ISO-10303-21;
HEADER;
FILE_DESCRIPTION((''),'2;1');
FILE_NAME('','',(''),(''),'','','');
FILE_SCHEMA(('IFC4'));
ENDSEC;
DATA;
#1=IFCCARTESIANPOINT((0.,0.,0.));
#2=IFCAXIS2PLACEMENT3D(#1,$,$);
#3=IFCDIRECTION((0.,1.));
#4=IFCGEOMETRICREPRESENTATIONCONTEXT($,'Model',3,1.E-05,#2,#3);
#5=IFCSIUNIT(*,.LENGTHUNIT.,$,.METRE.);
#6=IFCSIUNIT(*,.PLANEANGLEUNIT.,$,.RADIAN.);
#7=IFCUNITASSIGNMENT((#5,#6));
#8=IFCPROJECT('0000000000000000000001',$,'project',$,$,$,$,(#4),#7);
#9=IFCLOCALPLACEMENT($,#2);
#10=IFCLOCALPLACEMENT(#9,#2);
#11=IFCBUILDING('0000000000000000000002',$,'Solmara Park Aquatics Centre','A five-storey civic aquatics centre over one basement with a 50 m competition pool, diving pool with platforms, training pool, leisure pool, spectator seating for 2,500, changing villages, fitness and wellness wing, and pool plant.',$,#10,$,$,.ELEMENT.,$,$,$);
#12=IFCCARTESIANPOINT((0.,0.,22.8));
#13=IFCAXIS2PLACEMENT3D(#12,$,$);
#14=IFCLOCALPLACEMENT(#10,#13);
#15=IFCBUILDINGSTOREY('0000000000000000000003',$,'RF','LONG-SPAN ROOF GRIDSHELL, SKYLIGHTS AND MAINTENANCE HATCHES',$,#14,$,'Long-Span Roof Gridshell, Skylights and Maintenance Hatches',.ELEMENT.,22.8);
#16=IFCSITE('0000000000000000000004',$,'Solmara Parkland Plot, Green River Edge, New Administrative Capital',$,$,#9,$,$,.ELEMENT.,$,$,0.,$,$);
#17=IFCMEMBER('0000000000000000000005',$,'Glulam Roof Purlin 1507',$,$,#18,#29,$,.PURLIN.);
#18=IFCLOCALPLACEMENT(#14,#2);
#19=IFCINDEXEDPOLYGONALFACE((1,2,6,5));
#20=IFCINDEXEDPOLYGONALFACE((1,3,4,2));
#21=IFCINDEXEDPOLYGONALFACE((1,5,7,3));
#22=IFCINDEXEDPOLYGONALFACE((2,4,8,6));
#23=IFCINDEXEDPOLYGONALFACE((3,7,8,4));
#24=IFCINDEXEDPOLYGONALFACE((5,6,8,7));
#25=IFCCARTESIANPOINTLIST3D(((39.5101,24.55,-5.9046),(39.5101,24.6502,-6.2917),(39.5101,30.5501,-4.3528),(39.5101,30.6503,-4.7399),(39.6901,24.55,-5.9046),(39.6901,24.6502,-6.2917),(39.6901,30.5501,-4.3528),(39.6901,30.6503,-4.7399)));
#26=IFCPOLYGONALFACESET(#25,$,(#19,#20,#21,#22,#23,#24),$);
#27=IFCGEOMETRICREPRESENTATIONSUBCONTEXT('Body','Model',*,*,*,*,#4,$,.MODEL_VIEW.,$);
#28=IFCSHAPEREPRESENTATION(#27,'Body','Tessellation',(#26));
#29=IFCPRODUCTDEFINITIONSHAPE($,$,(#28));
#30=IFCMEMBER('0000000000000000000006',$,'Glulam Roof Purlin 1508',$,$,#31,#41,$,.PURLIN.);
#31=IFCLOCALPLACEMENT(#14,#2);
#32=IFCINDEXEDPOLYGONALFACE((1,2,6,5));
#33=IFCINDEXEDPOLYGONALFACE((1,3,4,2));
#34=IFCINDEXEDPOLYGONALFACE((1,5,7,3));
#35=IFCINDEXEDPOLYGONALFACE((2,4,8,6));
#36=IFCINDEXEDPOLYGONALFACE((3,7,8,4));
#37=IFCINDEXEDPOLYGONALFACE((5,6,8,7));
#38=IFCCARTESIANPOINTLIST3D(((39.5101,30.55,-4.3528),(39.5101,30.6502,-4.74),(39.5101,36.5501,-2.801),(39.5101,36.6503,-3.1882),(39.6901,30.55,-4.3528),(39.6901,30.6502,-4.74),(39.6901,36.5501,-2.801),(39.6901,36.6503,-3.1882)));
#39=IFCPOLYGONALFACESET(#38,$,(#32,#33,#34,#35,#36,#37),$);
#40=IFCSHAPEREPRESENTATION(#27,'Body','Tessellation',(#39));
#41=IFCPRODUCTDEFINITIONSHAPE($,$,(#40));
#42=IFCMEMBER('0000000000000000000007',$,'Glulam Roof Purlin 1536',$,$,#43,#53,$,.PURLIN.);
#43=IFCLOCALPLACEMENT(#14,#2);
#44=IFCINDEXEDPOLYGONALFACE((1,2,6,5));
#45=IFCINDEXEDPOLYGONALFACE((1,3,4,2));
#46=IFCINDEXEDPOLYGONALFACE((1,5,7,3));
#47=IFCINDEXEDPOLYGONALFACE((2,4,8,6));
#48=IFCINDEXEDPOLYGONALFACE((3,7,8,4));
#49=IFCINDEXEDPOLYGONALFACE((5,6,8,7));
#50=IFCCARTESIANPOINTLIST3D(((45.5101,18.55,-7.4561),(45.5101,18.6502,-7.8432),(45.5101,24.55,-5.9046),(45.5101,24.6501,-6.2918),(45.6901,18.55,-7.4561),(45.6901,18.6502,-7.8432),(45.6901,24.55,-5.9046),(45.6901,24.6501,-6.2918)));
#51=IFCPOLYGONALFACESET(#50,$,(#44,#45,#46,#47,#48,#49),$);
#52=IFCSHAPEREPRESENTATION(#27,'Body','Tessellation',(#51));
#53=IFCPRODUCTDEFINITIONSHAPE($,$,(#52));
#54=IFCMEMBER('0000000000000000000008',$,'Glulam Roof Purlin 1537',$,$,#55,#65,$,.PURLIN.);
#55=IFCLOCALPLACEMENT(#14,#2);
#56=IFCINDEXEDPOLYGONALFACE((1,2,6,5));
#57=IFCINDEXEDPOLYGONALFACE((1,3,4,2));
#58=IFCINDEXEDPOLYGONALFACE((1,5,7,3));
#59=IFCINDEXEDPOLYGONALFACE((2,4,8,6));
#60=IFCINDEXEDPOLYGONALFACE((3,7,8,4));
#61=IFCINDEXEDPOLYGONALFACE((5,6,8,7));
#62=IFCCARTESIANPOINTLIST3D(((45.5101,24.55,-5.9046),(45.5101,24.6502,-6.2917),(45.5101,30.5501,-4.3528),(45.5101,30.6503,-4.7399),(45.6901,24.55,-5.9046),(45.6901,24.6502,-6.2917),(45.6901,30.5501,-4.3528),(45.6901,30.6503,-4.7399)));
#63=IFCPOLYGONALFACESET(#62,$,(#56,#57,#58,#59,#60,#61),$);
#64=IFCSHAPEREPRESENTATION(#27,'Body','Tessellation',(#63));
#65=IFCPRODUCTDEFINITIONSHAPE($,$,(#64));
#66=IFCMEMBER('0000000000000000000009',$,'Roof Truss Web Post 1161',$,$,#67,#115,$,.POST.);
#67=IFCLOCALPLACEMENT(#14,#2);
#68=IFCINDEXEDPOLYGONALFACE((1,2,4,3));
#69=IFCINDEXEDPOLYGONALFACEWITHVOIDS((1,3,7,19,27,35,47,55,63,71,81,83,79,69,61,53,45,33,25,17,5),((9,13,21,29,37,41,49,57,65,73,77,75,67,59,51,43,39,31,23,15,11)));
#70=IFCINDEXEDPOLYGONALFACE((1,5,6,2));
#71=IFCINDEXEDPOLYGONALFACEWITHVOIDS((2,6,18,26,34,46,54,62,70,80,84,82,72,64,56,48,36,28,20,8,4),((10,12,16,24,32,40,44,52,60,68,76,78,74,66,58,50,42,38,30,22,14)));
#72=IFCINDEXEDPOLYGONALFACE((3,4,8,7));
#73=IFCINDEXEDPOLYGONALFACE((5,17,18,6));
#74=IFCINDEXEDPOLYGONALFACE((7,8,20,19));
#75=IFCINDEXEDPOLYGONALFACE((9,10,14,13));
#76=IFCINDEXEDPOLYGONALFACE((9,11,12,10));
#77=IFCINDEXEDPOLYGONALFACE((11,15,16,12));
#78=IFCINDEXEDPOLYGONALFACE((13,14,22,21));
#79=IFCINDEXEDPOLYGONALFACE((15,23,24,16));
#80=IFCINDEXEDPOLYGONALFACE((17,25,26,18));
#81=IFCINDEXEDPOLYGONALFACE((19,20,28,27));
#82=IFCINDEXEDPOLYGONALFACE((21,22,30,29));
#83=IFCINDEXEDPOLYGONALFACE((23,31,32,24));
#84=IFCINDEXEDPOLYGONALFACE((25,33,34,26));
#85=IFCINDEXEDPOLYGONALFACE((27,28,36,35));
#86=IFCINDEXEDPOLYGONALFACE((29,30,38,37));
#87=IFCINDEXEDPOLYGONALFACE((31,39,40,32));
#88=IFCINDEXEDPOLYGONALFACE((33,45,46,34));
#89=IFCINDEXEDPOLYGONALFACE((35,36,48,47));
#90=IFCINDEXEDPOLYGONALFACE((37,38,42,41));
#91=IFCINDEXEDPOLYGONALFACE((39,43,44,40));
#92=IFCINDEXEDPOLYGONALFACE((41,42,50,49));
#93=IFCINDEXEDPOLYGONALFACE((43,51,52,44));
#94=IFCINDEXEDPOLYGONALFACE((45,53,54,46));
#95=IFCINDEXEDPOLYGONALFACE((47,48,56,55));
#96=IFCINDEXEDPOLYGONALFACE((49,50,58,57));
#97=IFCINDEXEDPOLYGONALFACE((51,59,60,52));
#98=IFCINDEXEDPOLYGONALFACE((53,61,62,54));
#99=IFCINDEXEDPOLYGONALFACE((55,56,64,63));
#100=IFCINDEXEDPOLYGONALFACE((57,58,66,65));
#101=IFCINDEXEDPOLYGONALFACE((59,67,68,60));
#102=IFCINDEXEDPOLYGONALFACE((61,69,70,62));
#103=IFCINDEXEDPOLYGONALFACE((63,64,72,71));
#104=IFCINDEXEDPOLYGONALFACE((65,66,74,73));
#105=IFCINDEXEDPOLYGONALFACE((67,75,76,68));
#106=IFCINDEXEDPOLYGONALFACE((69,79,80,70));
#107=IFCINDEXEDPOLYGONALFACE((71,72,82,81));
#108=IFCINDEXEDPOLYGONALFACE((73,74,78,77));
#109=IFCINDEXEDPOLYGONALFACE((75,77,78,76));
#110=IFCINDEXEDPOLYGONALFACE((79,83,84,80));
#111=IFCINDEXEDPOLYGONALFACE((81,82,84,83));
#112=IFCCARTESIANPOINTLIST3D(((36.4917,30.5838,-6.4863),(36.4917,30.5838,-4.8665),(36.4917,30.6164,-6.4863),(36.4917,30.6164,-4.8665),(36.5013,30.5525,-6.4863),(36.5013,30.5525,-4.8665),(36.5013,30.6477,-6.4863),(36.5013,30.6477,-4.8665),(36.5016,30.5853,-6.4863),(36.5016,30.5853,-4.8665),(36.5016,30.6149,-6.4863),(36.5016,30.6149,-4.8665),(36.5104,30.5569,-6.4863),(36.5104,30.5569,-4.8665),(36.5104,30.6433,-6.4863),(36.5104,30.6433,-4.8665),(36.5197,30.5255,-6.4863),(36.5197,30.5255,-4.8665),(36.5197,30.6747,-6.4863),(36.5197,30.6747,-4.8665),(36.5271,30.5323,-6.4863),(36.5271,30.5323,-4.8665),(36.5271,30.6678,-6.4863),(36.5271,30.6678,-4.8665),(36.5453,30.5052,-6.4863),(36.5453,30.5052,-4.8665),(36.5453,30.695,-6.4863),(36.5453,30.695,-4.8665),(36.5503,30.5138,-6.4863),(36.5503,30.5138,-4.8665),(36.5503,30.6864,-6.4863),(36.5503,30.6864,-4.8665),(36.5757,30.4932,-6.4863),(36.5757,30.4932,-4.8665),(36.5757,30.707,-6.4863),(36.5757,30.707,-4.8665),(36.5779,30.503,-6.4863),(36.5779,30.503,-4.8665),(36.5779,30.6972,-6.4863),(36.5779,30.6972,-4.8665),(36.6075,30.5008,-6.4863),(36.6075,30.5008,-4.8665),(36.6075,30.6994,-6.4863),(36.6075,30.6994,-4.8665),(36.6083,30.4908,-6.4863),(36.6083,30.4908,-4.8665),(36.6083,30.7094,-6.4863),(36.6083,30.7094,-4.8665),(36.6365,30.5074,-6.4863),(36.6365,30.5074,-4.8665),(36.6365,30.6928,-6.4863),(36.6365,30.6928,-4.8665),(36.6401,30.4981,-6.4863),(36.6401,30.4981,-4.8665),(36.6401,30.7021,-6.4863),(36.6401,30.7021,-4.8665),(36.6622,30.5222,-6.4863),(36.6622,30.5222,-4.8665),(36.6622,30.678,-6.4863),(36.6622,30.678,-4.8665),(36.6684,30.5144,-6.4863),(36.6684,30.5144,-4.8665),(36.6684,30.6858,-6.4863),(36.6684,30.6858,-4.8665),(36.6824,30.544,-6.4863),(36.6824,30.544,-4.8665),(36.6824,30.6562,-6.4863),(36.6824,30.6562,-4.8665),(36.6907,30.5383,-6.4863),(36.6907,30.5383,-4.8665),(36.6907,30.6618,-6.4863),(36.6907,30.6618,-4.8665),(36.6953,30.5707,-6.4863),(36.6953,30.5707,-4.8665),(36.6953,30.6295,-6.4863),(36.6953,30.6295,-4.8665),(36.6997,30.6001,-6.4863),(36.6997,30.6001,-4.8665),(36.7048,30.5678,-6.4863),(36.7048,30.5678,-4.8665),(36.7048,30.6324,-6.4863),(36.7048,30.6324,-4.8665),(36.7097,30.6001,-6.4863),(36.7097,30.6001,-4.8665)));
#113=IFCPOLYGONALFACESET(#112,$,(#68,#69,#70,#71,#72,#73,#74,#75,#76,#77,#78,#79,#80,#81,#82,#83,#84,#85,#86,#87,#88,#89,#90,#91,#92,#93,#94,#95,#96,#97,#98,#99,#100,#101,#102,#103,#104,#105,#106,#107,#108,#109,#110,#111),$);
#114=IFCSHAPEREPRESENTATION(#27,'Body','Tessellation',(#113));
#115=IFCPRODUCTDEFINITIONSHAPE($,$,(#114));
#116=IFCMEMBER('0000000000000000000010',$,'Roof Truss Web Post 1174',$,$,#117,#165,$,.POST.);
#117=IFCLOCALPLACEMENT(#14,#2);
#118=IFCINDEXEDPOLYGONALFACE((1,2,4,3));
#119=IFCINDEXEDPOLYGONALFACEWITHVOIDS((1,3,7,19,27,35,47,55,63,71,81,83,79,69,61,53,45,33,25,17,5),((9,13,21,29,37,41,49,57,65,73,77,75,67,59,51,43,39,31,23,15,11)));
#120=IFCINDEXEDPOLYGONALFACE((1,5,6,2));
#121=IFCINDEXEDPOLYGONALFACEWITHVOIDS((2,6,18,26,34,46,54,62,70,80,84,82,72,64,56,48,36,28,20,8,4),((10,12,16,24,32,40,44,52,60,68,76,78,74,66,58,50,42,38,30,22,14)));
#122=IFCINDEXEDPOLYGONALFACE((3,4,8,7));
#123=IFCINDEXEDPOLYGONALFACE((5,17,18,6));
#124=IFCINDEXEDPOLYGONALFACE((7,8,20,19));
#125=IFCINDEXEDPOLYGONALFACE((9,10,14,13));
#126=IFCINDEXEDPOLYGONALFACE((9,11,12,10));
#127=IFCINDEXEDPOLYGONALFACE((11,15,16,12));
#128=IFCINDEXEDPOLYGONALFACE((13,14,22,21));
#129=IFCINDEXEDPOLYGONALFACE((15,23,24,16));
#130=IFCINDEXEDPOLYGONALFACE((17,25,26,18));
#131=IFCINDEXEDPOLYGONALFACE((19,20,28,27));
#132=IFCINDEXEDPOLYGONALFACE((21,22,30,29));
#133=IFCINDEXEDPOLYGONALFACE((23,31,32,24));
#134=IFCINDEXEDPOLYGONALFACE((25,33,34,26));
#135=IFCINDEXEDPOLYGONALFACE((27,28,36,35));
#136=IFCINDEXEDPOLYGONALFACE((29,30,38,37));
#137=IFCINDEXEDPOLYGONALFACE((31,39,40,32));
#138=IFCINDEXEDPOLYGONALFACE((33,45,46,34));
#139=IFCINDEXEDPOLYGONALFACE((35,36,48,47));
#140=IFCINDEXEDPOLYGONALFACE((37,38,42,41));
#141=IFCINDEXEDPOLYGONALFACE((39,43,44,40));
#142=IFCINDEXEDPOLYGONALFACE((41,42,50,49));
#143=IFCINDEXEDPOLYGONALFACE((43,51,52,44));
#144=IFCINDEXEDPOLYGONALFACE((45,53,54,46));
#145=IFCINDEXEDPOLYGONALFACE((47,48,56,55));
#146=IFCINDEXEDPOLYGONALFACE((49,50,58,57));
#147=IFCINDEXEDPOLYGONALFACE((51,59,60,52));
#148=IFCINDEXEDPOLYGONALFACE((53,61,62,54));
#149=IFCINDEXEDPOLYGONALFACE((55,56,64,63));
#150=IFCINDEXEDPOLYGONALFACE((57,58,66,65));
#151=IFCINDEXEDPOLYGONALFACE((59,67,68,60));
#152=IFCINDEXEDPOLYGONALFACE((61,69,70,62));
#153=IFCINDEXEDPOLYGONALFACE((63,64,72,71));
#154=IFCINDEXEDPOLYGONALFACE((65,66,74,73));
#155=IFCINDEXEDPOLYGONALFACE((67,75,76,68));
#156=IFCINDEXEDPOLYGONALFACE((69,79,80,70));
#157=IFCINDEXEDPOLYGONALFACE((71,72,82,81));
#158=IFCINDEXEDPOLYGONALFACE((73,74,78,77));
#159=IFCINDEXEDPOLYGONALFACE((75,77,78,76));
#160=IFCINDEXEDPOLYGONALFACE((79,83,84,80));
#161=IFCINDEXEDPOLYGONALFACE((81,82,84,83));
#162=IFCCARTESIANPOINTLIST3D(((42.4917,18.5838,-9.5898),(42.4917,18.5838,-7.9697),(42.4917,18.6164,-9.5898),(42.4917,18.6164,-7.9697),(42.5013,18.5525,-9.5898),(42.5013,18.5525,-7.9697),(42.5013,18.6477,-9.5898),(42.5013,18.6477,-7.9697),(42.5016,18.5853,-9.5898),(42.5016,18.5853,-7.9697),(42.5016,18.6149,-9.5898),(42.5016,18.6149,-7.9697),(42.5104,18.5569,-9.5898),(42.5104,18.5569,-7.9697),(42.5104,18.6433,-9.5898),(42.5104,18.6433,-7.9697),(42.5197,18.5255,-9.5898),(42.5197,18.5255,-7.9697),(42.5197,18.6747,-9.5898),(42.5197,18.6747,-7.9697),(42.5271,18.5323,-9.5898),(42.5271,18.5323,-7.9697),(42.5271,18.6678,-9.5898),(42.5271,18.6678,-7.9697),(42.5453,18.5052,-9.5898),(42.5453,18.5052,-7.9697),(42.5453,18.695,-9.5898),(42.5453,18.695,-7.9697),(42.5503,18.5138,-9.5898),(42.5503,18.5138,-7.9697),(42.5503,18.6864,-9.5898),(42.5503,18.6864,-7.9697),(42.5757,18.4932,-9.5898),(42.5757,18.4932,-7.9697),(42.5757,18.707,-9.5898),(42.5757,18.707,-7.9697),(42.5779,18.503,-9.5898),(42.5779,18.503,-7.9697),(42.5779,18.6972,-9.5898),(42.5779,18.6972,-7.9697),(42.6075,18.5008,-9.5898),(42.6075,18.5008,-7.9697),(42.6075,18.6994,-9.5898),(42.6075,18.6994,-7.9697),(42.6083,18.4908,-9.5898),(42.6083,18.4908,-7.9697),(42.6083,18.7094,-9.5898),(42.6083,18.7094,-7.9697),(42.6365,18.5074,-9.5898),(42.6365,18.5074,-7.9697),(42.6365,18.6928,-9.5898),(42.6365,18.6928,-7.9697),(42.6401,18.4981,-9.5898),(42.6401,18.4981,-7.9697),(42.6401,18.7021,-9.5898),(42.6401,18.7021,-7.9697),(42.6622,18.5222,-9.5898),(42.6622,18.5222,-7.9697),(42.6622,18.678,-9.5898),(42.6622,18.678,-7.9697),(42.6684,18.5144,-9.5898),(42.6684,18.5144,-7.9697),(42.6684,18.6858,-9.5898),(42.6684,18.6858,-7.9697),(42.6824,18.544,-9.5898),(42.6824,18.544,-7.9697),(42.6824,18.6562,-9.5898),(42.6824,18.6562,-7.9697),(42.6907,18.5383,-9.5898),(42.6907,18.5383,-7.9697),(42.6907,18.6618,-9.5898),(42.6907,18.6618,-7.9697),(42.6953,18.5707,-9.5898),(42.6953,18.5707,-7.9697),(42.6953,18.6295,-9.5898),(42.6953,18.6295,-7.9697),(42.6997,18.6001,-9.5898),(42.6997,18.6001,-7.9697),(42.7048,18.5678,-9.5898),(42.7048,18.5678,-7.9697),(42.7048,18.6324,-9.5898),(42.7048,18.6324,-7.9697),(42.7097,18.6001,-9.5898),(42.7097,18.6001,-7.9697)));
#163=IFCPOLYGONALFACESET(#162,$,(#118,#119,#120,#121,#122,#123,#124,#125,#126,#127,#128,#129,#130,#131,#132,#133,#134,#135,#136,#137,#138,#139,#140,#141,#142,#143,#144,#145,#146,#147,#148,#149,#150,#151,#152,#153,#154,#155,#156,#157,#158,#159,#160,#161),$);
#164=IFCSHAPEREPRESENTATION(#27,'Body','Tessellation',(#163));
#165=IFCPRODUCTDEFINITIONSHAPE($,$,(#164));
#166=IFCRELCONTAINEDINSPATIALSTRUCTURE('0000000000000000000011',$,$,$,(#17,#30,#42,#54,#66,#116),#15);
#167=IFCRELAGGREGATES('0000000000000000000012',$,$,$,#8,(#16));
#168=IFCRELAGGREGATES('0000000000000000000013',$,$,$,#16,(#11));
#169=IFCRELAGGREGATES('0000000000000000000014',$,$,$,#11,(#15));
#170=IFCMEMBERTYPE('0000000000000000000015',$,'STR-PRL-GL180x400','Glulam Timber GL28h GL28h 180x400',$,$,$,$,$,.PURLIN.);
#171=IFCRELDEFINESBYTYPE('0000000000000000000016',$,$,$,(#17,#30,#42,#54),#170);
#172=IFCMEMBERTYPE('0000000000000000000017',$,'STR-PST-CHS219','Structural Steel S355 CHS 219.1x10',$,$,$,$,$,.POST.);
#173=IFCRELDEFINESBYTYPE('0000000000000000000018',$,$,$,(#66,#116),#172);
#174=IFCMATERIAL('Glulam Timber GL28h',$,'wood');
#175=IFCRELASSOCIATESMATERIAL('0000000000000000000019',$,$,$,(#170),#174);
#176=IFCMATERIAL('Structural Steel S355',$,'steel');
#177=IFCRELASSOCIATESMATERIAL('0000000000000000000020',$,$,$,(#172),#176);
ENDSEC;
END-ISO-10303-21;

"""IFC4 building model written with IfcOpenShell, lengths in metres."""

from ifc_helpers import new_model, si_unit, direction, frame, origin, origin_2d, place, context, subcontext, project, spatial, rectangle, hollow_circle, extrude, material, material_profile, profile_set, type_object, element, save


model = new_model("IFC4")

# Units and contexts
model_context = context("Model", 3, precision=1e-05, world=origin(), true_north=direction((0.0, 1.0)))
body_context = subcontext(model_context, "Body", "Model", "MODEL_VIEW")
ifc_project = project(units=[si_unit("LENGTHUNIT", "METRE"), si_unit("PLANEANGLEUNIT", "RADIAN")], contexts=[model_context])

# Site, building, storey
site_placement = place(None, origin())
site = spatial("IfcSite", under=ifc_project, at=site_placement, Name="Solmara Parkland Plot, Green River Edge, New Administrative Capital", CompositionType="ELEMENT", RefElevation=0.0)
building_placement = place(site_placement, origin())
building = spatial("IfcBuilding", under=site, at=building_placement, Name="Solmara Park Aquatics Centre", Description="A five-storey civic aquatics centre over one basement with a 50 m competition pool, diving pool with platforms, training pool, leisure pool, spectator seating for 2,500, changing villages, fitness and wellness wing, and pool plant.", CompositionType="ELEMENT")
storey_placement = place(building_placement, frame((0.0, 0.0, 22.8)))
storey = spatial("IfcBuildingStorey", under=building, at=storey_placement, Name="RF", Description="LONG-SPAN ROOF GRIDSHELL, SKYLIGHTS AND MAINTENANCE HATCHES", LongName="Long-Span Roof Gridshell, Skylights and Maintenance Hatches", CompositionType="ELEMENT", Elevation=22.8)

# Members
ifc_material_1 = material(Name="Structural Steel S355", Category="steel")
ifc_material_2 = material(Name="Glulam Timber GL28h", Category="wood")
ifc_material_profile_1 = material_profile(ifc_material_2, rectangle(XDim=0.1799, YDim=0.3999, at=origin_2d()), Name="GL28h 180x400")
ifc_profile_set_1 = profile_set([ifc_material_profile_1], Name="Glulam Timber GL28h")
member_type_1 = type_object("IfcMemberType", Name="STR-PRL-GL180x400", Description="Glulam Timber GL28h GL28h 180x400", PredefinedType="PURLIN", material=ifc_profile_set_1)
for number, where, z_axis, x_axis, name in (
    (1, (39.6001, 24.6001, -6.0981), (0.0, 0.968146, 0.250388), (-1.0, 0.0, 0.0), "Glulam Roof Purlin 1507"),
    (2, (39.6001, 30.6001, -4.5464), (0.0, 0.968146, 0.250388), (-1.0, 0.0, 0.0), "Glulam Roof Purlin 1508"),
):
    element("IfcMember", number, at=place(storey_placement, frame(where, z_axis=z_axis, x_axis=x_axis)), inside=storey, type_object=member_type_1, Name=name, PredefinedType="PURLIN", context=body_context, shape_type="SweptSolid", body=[
        extrude(rectangle(XDim=0.1799, YDim=0.3999, at=origin_2d()), origin(), (0.0, 0.0, 1.0), 6.1975),
    ])
member_1_placement = place(storey_placement, frame((45.6001, 18.6001, -7.6497), z_axis=(0.0, 0.968155, 0.250351), x_axis=(-1.0, 0.0, 0.0)))
element("IfcMember", 3, at=member_1_placement, inside=storey, type_object=member_type_1, Name="Glulam Roof Purlin 1536", PredefinedType="PURLIN", context=body_context, shape_type="SweptSolid", body=[
    extrude(rectangle(XDim=0.1799, YDim=0.3999, at=origin_2d()), origin(), (0.0, 0.0, 1.0), 6.1973),
])
member_2_placement = place(storey_placement, frame((45.6001, 24.6001, -6.0981), z_axis=(0.0, 0.968146, 0.250388), x_axis=(-1.0, 0.0, 0.0)))
element("IfcMember", 4, at=member_2_placement, inside=storey, type_object=member_type_1, Name="Glulam Roof Purlin 1537", PredefinedType="PURLIN", context=body_context, shape_type="SweptSolid", body=[
    extrude(rectangle(XDim=0.1799, YDim=0.3999, at=origin_2d()), origin(), (0.0, 0.0, 1.0), 6.1975),
])
ifc_material_profile_2 = material_profile(ifc_material_1, hollow_circle(Radius=0.1096, WallThickness=0.01, at=origin_2d()), Name="CHS 219.1x10")
ifc_profile_set_2 = profile_set([ifc_material_profile_2], Name="Structural Steel S355")
member_type_2 = type_object("IfcMemberType", Name="STR-PST-CHS219", Description="Structural Steel S355 CHS 219.1x10", PredefinedType="POST", material=ifc_profile_set_2)
member_3_placement = place(storey_placement, frame((36.6001, 30.6001, -6.4863), z_axis=(0.0, 0.0, 1.0), x_axis=(1.0, 0.0, 0.0)))
element("IfcMember", 5, at=member_3_placement, inside=storey, type_object=member_type_2, Name="Roof Truss Web Post 1161", PredefinedType="POST", context=body_context, shape_type="SweptSolid", body=[
    extrude(hollow_circle(Radius=0.1096, WallThickness=0.01, at=origin_2d()), origin(), (0.0, 0.0, 1.0), 1.6199),
])
for number, where, z_axis, x_axis, name in (
    (6, (42.6001, 18.6001, -9.5898), (0.0, 0.0, 1.0), (1.0, 0.0, 0.0), "Roof Truss Web Post 1174"),
):
    element("IfcMember", number, at=place(storey_placement, frame(where, z_axis=z_axis, x_axis=x_axis)), inside=storey, type_object=member_type_2, Name=name, PredefinedType="POST", context=body_context, shape_type="SweptSolid", body=[
        extrude(hollow_circle(Radius=0.1096, WallThickness=0.01, at=origin_2d()), origin(), (0.0, 0.0, 1.0), 1.6201),
    ])

save(model, "model.ifc")
